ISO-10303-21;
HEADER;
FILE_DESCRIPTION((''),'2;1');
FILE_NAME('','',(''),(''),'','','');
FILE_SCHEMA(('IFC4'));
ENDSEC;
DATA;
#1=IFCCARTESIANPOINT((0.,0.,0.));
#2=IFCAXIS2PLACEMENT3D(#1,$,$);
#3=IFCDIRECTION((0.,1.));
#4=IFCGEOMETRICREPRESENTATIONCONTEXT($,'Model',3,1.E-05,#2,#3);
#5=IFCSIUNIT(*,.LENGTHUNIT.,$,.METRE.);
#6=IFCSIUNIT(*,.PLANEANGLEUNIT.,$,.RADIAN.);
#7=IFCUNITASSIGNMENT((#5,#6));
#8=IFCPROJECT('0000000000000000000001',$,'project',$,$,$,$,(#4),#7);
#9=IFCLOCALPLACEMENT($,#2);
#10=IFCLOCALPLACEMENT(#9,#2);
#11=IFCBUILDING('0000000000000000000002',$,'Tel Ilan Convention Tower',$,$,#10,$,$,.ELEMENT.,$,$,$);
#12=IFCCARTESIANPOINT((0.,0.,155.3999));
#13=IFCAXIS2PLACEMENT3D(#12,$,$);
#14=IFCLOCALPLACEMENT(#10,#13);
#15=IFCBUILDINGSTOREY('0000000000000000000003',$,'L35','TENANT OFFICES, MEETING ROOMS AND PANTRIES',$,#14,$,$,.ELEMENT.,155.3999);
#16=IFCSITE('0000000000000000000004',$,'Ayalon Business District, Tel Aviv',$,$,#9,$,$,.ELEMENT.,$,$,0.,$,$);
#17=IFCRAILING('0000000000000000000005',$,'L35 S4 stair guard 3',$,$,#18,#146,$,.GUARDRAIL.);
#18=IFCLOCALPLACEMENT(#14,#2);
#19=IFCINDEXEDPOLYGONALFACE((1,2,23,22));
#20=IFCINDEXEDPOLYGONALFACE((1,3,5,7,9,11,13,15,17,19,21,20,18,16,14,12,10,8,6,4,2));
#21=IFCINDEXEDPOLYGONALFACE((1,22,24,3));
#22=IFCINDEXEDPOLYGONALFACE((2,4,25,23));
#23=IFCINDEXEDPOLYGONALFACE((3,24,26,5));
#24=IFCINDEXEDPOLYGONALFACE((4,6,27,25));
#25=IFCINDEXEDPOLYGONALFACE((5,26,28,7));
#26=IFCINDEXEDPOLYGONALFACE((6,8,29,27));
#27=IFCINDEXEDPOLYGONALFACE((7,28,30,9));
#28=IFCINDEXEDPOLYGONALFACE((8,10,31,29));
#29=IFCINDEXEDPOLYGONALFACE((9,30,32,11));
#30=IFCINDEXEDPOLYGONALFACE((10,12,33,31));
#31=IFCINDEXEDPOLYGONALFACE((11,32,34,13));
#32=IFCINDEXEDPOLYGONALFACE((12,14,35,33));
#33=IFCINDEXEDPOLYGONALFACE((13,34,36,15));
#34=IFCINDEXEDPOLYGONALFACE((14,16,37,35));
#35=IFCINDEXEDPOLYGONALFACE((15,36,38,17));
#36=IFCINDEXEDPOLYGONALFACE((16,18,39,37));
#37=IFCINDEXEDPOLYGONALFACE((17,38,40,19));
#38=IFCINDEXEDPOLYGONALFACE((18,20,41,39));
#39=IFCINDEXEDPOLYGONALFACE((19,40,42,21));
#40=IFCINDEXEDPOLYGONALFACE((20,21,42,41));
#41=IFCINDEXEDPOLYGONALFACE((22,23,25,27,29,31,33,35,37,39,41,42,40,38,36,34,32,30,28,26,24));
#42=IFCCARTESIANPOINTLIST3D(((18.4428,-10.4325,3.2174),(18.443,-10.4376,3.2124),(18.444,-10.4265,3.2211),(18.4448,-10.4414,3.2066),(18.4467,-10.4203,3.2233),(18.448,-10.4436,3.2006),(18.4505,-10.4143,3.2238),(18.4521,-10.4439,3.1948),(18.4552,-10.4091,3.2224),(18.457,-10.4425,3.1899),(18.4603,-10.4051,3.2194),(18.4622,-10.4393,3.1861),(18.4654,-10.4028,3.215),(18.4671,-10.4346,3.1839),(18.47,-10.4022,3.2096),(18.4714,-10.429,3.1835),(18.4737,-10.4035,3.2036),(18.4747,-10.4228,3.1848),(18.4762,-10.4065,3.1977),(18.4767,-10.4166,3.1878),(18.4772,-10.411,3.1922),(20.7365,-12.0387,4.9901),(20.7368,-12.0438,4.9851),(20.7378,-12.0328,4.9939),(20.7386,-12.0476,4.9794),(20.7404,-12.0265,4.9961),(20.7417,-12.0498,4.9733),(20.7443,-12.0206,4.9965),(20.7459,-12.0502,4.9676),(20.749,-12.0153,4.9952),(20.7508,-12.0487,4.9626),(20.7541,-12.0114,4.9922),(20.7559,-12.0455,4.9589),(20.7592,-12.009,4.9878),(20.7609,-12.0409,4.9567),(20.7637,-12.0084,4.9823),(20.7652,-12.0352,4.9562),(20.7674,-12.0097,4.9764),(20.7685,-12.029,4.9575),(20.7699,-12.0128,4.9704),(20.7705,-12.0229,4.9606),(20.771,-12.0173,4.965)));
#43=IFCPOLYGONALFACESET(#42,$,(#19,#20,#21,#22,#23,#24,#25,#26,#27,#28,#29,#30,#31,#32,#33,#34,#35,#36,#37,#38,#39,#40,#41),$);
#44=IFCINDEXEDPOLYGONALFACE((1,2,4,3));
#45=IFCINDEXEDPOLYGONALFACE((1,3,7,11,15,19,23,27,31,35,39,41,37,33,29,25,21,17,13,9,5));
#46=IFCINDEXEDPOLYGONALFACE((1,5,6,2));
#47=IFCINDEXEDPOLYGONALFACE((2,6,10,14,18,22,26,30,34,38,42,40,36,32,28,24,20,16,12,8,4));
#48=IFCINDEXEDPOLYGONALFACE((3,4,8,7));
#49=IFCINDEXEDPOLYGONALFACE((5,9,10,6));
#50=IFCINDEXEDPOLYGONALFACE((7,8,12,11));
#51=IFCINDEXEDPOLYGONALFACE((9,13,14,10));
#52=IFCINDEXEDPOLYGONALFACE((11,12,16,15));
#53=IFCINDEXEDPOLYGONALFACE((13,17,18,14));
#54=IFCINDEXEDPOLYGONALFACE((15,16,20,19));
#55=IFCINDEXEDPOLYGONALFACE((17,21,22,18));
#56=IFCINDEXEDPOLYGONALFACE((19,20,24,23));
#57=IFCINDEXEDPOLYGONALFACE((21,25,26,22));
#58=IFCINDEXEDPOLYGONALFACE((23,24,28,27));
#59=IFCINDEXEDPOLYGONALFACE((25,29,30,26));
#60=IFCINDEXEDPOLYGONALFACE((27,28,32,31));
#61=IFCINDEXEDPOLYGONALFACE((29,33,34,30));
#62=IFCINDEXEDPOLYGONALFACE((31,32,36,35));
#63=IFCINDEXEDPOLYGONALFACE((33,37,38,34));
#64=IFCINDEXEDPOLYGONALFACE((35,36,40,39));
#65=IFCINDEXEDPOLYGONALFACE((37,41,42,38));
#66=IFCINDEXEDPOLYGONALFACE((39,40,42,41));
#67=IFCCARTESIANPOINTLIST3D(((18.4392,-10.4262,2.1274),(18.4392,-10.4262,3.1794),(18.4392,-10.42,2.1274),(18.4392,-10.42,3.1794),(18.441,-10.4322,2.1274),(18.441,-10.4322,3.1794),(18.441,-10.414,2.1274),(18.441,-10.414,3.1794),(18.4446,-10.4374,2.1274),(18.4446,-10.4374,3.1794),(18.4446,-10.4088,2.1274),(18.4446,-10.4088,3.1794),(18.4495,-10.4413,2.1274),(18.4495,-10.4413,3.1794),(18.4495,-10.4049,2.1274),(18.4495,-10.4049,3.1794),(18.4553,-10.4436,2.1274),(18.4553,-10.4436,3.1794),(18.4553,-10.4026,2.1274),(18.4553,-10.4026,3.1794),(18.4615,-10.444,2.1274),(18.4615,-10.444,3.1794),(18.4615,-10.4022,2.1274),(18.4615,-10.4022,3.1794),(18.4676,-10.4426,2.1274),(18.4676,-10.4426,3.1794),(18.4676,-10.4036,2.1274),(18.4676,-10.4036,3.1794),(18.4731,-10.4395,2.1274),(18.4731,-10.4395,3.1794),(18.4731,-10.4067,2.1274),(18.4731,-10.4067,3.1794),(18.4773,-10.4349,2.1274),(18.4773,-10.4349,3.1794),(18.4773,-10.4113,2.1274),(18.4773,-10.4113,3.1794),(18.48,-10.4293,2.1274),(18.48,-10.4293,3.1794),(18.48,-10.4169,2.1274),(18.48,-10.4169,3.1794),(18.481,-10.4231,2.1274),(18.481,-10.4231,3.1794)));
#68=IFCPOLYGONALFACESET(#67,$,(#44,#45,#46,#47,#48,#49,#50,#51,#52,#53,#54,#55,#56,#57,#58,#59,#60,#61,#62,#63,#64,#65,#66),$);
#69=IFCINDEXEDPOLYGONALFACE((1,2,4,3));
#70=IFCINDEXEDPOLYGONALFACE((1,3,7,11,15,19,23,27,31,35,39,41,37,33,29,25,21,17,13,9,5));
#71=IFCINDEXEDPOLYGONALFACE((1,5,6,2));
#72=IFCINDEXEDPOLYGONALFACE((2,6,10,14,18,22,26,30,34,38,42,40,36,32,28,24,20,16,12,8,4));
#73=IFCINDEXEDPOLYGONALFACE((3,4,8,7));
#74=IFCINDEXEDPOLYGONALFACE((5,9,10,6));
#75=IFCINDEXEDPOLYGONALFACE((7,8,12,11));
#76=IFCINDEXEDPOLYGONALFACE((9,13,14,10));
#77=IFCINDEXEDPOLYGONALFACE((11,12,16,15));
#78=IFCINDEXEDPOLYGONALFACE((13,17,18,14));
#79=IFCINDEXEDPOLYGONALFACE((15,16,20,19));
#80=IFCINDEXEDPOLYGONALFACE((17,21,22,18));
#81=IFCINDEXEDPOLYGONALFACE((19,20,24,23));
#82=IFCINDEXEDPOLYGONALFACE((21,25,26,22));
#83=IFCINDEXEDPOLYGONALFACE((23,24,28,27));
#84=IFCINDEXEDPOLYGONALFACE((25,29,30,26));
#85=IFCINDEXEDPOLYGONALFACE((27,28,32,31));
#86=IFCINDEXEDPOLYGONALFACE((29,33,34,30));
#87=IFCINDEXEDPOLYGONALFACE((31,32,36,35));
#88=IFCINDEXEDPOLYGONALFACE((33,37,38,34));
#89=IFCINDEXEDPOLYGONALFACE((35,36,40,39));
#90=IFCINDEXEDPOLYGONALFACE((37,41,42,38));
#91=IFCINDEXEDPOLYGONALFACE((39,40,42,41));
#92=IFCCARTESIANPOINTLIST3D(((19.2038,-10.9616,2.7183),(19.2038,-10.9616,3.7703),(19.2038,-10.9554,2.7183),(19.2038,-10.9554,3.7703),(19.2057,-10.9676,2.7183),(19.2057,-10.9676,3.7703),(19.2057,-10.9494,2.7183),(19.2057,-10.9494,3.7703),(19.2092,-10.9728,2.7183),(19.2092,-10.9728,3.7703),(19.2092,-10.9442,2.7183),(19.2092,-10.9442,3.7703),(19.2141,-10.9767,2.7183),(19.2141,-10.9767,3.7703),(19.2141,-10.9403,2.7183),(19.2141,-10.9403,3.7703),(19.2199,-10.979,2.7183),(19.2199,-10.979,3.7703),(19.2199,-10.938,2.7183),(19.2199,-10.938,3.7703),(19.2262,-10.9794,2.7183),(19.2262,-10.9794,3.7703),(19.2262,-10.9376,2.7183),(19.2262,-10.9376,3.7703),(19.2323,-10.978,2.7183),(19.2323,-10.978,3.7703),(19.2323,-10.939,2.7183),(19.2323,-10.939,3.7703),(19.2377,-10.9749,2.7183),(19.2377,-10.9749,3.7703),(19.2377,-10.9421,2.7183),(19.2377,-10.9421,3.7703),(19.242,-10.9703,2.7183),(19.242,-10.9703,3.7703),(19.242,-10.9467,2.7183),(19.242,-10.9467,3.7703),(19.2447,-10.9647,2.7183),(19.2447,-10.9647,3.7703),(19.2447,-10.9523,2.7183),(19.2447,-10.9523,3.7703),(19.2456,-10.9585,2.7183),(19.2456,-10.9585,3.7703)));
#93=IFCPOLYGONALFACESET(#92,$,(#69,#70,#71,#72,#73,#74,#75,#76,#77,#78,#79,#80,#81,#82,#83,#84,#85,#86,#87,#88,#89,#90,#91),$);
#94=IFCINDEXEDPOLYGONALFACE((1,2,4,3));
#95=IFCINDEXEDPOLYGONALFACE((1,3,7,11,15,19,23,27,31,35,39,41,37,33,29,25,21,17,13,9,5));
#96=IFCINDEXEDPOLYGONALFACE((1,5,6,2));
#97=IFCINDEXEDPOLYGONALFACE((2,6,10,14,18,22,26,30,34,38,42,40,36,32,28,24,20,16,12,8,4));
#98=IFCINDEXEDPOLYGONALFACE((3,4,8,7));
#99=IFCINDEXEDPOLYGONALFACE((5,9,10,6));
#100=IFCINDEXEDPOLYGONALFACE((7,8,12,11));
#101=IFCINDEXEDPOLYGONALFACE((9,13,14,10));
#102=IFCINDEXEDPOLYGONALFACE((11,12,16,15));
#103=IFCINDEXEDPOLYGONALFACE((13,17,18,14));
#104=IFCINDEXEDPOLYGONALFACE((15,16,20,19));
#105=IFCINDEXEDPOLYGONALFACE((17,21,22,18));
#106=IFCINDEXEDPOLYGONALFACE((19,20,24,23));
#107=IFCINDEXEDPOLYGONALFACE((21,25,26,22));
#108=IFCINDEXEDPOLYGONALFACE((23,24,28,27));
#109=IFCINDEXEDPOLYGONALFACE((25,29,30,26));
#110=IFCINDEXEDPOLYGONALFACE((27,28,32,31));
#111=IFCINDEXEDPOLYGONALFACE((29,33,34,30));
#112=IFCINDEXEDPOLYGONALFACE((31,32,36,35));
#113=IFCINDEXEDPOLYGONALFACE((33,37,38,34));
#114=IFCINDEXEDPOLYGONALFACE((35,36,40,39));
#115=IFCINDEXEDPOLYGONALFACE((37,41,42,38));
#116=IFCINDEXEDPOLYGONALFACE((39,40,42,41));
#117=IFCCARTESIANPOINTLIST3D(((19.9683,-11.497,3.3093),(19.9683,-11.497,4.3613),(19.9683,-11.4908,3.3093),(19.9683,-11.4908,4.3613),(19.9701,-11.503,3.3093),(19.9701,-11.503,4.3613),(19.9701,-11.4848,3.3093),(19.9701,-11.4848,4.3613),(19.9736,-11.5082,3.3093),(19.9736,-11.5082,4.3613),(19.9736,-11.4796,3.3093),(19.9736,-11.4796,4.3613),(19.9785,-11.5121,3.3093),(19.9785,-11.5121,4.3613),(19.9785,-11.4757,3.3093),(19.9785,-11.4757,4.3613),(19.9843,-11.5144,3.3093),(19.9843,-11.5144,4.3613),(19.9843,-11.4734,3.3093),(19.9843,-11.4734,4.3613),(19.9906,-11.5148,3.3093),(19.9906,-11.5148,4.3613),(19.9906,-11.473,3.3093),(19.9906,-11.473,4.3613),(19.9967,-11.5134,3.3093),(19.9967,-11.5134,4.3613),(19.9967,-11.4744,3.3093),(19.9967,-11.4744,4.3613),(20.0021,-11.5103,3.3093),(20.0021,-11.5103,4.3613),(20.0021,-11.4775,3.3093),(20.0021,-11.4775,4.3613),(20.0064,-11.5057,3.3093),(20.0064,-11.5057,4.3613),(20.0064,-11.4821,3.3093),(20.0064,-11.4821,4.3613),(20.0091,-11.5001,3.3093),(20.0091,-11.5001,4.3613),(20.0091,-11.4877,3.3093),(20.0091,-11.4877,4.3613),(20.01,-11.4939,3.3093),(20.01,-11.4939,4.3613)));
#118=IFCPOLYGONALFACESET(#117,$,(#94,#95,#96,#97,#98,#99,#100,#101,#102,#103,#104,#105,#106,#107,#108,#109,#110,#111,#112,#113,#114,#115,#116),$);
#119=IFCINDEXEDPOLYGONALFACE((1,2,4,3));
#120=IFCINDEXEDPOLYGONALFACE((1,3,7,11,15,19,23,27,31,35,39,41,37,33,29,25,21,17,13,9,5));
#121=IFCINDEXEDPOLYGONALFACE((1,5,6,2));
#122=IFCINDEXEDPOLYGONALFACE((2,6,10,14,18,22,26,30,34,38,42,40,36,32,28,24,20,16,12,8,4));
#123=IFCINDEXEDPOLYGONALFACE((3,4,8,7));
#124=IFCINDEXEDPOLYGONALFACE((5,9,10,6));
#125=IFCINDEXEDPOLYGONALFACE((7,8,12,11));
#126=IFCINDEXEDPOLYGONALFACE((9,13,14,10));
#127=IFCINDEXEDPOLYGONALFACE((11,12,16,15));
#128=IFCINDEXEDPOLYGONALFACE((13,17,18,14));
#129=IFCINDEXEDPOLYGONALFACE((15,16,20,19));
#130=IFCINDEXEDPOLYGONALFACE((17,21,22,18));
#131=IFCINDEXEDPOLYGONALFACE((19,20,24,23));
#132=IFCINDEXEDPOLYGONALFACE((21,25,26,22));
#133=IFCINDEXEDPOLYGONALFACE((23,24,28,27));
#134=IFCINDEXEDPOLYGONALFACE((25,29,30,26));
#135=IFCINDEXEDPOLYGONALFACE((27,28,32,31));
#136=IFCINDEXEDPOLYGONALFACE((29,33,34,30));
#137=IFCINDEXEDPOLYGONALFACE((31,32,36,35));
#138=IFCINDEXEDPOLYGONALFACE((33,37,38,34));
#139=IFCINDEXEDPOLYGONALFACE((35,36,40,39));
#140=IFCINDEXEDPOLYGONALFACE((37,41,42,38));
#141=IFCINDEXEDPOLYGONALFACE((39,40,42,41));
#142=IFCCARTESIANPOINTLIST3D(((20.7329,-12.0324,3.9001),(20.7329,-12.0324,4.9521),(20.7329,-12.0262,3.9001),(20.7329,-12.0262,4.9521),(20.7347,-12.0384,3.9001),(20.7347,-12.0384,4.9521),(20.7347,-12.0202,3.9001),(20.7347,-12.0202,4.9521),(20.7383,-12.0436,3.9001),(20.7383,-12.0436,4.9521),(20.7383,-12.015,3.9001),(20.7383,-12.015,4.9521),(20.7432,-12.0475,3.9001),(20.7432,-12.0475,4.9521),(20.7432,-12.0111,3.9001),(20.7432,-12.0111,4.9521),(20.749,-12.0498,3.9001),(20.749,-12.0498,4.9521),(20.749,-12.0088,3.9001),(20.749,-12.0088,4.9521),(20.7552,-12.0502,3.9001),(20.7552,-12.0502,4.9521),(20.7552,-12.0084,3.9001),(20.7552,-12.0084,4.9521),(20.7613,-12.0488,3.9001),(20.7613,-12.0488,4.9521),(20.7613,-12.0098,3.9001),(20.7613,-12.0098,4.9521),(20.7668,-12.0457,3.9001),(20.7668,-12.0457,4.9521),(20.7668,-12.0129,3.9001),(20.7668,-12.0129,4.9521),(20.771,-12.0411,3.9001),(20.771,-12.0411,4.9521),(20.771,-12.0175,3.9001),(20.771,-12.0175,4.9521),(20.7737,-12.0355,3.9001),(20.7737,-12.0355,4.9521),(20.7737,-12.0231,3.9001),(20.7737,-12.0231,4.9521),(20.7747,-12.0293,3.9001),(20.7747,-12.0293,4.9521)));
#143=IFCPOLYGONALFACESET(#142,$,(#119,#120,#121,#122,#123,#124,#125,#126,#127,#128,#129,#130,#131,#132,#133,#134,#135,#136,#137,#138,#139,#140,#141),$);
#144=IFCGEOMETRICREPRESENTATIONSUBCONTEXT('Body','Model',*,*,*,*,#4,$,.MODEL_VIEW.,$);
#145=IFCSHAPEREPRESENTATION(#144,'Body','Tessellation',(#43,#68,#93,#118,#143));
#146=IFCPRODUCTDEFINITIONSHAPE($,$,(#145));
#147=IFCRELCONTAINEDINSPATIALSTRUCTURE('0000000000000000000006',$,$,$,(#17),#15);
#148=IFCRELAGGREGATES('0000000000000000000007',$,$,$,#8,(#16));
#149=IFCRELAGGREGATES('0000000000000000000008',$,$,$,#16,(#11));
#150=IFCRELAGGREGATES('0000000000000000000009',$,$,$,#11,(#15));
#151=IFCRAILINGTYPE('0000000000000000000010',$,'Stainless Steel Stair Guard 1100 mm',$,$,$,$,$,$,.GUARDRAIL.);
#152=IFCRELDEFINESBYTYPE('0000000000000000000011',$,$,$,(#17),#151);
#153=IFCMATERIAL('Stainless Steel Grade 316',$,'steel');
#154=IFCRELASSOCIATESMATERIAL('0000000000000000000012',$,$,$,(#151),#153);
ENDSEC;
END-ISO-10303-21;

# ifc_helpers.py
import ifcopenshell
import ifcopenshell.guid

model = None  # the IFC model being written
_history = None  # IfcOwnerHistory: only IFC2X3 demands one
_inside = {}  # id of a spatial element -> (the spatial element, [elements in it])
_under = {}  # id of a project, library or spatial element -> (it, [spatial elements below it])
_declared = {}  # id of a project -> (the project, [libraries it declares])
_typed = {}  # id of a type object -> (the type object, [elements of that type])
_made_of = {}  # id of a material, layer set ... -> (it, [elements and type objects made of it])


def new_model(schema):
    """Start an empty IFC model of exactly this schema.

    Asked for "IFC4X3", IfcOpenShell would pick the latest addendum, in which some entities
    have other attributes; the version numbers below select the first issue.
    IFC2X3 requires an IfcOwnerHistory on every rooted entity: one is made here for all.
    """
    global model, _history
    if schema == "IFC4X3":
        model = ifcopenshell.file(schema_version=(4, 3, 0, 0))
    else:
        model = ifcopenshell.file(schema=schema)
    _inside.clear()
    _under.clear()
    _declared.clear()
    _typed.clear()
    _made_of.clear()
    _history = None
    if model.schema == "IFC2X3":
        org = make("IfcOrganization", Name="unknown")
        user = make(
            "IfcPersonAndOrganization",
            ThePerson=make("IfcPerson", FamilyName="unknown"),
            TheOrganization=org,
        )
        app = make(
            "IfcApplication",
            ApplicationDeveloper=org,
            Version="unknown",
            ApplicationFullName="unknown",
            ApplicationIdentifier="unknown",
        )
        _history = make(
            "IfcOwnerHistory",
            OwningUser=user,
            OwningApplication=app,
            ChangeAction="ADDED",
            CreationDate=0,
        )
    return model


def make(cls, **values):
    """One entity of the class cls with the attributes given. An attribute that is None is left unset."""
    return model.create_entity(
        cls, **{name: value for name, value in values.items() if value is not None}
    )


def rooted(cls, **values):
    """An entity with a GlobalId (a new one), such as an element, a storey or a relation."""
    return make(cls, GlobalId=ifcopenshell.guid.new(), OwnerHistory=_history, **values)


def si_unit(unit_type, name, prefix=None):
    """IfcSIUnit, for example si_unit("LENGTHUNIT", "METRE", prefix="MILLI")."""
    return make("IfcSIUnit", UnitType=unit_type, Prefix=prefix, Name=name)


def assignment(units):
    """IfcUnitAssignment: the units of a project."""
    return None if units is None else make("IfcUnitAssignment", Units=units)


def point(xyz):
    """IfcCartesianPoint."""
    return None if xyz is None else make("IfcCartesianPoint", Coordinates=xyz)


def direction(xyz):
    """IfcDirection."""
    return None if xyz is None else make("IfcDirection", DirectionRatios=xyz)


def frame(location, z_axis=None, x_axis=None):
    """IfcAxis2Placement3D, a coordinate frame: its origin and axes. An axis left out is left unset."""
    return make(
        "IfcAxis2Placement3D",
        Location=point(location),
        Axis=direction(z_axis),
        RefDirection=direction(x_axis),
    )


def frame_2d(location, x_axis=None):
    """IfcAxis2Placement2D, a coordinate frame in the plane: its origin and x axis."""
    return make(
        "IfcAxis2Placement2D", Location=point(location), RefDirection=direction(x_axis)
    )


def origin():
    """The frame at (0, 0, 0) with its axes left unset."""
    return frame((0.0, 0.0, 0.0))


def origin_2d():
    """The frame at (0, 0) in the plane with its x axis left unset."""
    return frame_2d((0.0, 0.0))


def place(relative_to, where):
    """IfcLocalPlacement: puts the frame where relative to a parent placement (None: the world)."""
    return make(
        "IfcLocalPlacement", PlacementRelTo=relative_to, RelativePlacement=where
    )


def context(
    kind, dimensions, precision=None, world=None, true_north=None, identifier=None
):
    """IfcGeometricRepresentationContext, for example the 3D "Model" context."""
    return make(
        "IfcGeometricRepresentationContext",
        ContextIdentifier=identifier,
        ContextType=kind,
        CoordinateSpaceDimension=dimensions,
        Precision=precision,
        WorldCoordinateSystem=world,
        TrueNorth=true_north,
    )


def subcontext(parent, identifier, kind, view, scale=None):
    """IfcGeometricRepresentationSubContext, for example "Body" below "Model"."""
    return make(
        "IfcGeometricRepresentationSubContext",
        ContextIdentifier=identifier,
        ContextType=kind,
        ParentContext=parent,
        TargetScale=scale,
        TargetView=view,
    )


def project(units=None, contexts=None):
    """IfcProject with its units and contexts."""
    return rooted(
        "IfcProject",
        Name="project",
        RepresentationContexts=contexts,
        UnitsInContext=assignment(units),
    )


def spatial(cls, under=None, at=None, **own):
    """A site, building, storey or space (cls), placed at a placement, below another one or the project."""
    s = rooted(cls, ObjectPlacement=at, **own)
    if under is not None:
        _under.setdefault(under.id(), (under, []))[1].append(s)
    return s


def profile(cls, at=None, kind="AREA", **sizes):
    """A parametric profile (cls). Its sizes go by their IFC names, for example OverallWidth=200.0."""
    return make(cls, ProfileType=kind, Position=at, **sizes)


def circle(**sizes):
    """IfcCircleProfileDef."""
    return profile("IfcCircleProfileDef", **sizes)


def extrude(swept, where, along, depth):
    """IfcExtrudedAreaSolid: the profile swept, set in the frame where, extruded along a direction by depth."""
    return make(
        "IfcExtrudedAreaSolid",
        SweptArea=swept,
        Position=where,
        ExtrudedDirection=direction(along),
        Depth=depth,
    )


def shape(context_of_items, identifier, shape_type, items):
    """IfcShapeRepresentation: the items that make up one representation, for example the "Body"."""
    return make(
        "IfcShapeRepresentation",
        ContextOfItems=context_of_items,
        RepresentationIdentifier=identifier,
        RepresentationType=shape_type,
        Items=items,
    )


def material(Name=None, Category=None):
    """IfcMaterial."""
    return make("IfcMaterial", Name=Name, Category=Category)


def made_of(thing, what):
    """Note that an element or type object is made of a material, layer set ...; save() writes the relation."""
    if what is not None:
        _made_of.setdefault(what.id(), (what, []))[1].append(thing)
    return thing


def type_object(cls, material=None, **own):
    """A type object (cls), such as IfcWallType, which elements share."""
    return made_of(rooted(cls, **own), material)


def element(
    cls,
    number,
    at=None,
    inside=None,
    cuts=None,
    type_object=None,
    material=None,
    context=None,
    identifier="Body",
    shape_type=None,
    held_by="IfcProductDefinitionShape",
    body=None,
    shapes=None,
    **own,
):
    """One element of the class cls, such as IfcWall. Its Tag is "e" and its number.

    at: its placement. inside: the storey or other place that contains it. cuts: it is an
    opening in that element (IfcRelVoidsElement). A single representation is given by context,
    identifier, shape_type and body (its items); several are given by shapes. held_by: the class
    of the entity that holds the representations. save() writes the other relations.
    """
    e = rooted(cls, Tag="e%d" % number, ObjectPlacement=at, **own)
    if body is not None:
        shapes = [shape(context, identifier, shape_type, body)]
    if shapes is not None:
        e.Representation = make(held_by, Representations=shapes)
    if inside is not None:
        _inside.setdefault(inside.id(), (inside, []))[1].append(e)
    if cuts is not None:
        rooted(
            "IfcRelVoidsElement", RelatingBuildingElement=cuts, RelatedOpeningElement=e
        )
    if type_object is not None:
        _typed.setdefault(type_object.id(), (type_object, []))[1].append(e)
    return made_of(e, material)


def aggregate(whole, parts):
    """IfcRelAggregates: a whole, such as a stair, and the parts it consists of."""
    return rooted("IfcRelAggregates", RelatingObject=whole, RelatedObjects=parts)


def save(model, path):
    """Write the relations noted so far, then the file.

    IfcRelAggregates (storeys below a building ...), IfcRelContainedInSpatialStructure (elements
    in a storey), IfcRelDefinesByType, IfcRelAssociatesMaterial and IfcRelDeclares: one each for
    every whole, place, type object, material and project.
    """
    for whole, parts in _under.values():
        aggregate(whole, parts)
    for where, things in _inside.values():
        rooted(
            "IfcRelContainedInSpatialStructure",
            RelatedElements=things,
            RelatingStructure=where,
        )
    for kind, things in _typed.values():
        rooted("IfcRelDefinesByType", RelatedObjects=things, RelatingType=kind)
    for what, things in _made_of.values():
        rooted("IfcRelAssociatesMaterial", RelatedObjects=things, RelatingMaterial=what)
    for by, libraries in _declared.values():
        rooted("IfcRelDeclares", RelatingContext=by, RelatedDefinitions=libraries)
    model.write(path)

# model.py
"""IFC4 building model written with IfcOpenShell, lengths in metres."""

from ifc_helpers import new_model, si_unit, direction, frame, origin, origin_2d, place, context, subcontext, project, spatial, circle, extrude, material, type_object, element, save


model = new_model("IFC4")

# Units and contexts
model_context = context("Model", 3, precision=1e-05, world=origin(), true_north=direction((0.0, 1.0)))
body_context = subcontext(model_context, "Body", "Model", "MODEL_VIEW")
ifc_project = project(units=[si_unit("LENGTHUNIT", "METRE"), si_unit("PLANEANGLEUNIT", "RADIAN")], contexts=[model_context])

# Site, building, storey
site_placement = place(None, origin())
site = spatial("IfcSite", under=ifc_project, at=site_placement, Name="Ayalon Business District, Tel Aviv", CompositionType="ELEMENT", RefElevation=0.0)
building_placement = place(site_placement, origin())
building = spatial("IfcBuilding", under=site, at=building_placement, Name="Tel Ilan Convention Tower", CompositionType="ELEMENT")
storey_placement = place(building_placement, frame((0.0, 0.0, 155.3999)))
storey = spatial("IfcBuildingStorey", under=building, at=storey_placement, Name="L35", Description="TENANT OFFICES, MEETING ROOMS AND PANTRIES", CompositionType="ELEMENT", Elevation=155.3999)

# Railing
ifc_material_1 = material(Name="Stainless Steel Grade 316", Category="steel")
railing_type_1 = type_object("IfcRailingType", Name="Stainless Steel Stair Guard 1100 mm", PredefinedType="GUARDRAIL", material=ifc_material_1)
railing_1_placement = place(storey_placement, frame((18.46, -10.4231, 2.1274)))
element("IfcRailing", 1, at=railing_1_placement, inside=storey, type_object=railing_type_1, Name="L35 S4 stair guard 3", PredefinedType="GUARDRAIL", context=body_context, shape_type="SweptSolid", body=[
    extrude(circle(Radius=0.0239, at=origin_2d()), frame((0.0, 0.0, 1.0762), z_axis=(0.692098, -0.484653, 0.534894), x_axis=(0.573609, 0.81913, 0.0)), (0.0, 0.0, 1.0), 3.3142),
    extrude(circle(Radius=0.021, at=origin_2d()), origin(), (0.0, 0.0, 1.0), 1.052),
    extrude(circle(Radius=0.021, at=origin_2d()), frame((0.7646, -0.5354, 0.5908)), (0.0, 0.0, 1.0), 1.052),
    extrude(circle(Radius=0.021, at=origin_2d()), frame((1.5291, -1.0708, 1.1819)), (0.0, 0.0, 1.0), 1.052),
    extrude(circle(Radius=0.021, at=origin_2d()), frame((2.2937, -1.6062, 1.7727)), (0.0, 0.0, 1.0), 1.052),
])

save(model, "model.ifc")
